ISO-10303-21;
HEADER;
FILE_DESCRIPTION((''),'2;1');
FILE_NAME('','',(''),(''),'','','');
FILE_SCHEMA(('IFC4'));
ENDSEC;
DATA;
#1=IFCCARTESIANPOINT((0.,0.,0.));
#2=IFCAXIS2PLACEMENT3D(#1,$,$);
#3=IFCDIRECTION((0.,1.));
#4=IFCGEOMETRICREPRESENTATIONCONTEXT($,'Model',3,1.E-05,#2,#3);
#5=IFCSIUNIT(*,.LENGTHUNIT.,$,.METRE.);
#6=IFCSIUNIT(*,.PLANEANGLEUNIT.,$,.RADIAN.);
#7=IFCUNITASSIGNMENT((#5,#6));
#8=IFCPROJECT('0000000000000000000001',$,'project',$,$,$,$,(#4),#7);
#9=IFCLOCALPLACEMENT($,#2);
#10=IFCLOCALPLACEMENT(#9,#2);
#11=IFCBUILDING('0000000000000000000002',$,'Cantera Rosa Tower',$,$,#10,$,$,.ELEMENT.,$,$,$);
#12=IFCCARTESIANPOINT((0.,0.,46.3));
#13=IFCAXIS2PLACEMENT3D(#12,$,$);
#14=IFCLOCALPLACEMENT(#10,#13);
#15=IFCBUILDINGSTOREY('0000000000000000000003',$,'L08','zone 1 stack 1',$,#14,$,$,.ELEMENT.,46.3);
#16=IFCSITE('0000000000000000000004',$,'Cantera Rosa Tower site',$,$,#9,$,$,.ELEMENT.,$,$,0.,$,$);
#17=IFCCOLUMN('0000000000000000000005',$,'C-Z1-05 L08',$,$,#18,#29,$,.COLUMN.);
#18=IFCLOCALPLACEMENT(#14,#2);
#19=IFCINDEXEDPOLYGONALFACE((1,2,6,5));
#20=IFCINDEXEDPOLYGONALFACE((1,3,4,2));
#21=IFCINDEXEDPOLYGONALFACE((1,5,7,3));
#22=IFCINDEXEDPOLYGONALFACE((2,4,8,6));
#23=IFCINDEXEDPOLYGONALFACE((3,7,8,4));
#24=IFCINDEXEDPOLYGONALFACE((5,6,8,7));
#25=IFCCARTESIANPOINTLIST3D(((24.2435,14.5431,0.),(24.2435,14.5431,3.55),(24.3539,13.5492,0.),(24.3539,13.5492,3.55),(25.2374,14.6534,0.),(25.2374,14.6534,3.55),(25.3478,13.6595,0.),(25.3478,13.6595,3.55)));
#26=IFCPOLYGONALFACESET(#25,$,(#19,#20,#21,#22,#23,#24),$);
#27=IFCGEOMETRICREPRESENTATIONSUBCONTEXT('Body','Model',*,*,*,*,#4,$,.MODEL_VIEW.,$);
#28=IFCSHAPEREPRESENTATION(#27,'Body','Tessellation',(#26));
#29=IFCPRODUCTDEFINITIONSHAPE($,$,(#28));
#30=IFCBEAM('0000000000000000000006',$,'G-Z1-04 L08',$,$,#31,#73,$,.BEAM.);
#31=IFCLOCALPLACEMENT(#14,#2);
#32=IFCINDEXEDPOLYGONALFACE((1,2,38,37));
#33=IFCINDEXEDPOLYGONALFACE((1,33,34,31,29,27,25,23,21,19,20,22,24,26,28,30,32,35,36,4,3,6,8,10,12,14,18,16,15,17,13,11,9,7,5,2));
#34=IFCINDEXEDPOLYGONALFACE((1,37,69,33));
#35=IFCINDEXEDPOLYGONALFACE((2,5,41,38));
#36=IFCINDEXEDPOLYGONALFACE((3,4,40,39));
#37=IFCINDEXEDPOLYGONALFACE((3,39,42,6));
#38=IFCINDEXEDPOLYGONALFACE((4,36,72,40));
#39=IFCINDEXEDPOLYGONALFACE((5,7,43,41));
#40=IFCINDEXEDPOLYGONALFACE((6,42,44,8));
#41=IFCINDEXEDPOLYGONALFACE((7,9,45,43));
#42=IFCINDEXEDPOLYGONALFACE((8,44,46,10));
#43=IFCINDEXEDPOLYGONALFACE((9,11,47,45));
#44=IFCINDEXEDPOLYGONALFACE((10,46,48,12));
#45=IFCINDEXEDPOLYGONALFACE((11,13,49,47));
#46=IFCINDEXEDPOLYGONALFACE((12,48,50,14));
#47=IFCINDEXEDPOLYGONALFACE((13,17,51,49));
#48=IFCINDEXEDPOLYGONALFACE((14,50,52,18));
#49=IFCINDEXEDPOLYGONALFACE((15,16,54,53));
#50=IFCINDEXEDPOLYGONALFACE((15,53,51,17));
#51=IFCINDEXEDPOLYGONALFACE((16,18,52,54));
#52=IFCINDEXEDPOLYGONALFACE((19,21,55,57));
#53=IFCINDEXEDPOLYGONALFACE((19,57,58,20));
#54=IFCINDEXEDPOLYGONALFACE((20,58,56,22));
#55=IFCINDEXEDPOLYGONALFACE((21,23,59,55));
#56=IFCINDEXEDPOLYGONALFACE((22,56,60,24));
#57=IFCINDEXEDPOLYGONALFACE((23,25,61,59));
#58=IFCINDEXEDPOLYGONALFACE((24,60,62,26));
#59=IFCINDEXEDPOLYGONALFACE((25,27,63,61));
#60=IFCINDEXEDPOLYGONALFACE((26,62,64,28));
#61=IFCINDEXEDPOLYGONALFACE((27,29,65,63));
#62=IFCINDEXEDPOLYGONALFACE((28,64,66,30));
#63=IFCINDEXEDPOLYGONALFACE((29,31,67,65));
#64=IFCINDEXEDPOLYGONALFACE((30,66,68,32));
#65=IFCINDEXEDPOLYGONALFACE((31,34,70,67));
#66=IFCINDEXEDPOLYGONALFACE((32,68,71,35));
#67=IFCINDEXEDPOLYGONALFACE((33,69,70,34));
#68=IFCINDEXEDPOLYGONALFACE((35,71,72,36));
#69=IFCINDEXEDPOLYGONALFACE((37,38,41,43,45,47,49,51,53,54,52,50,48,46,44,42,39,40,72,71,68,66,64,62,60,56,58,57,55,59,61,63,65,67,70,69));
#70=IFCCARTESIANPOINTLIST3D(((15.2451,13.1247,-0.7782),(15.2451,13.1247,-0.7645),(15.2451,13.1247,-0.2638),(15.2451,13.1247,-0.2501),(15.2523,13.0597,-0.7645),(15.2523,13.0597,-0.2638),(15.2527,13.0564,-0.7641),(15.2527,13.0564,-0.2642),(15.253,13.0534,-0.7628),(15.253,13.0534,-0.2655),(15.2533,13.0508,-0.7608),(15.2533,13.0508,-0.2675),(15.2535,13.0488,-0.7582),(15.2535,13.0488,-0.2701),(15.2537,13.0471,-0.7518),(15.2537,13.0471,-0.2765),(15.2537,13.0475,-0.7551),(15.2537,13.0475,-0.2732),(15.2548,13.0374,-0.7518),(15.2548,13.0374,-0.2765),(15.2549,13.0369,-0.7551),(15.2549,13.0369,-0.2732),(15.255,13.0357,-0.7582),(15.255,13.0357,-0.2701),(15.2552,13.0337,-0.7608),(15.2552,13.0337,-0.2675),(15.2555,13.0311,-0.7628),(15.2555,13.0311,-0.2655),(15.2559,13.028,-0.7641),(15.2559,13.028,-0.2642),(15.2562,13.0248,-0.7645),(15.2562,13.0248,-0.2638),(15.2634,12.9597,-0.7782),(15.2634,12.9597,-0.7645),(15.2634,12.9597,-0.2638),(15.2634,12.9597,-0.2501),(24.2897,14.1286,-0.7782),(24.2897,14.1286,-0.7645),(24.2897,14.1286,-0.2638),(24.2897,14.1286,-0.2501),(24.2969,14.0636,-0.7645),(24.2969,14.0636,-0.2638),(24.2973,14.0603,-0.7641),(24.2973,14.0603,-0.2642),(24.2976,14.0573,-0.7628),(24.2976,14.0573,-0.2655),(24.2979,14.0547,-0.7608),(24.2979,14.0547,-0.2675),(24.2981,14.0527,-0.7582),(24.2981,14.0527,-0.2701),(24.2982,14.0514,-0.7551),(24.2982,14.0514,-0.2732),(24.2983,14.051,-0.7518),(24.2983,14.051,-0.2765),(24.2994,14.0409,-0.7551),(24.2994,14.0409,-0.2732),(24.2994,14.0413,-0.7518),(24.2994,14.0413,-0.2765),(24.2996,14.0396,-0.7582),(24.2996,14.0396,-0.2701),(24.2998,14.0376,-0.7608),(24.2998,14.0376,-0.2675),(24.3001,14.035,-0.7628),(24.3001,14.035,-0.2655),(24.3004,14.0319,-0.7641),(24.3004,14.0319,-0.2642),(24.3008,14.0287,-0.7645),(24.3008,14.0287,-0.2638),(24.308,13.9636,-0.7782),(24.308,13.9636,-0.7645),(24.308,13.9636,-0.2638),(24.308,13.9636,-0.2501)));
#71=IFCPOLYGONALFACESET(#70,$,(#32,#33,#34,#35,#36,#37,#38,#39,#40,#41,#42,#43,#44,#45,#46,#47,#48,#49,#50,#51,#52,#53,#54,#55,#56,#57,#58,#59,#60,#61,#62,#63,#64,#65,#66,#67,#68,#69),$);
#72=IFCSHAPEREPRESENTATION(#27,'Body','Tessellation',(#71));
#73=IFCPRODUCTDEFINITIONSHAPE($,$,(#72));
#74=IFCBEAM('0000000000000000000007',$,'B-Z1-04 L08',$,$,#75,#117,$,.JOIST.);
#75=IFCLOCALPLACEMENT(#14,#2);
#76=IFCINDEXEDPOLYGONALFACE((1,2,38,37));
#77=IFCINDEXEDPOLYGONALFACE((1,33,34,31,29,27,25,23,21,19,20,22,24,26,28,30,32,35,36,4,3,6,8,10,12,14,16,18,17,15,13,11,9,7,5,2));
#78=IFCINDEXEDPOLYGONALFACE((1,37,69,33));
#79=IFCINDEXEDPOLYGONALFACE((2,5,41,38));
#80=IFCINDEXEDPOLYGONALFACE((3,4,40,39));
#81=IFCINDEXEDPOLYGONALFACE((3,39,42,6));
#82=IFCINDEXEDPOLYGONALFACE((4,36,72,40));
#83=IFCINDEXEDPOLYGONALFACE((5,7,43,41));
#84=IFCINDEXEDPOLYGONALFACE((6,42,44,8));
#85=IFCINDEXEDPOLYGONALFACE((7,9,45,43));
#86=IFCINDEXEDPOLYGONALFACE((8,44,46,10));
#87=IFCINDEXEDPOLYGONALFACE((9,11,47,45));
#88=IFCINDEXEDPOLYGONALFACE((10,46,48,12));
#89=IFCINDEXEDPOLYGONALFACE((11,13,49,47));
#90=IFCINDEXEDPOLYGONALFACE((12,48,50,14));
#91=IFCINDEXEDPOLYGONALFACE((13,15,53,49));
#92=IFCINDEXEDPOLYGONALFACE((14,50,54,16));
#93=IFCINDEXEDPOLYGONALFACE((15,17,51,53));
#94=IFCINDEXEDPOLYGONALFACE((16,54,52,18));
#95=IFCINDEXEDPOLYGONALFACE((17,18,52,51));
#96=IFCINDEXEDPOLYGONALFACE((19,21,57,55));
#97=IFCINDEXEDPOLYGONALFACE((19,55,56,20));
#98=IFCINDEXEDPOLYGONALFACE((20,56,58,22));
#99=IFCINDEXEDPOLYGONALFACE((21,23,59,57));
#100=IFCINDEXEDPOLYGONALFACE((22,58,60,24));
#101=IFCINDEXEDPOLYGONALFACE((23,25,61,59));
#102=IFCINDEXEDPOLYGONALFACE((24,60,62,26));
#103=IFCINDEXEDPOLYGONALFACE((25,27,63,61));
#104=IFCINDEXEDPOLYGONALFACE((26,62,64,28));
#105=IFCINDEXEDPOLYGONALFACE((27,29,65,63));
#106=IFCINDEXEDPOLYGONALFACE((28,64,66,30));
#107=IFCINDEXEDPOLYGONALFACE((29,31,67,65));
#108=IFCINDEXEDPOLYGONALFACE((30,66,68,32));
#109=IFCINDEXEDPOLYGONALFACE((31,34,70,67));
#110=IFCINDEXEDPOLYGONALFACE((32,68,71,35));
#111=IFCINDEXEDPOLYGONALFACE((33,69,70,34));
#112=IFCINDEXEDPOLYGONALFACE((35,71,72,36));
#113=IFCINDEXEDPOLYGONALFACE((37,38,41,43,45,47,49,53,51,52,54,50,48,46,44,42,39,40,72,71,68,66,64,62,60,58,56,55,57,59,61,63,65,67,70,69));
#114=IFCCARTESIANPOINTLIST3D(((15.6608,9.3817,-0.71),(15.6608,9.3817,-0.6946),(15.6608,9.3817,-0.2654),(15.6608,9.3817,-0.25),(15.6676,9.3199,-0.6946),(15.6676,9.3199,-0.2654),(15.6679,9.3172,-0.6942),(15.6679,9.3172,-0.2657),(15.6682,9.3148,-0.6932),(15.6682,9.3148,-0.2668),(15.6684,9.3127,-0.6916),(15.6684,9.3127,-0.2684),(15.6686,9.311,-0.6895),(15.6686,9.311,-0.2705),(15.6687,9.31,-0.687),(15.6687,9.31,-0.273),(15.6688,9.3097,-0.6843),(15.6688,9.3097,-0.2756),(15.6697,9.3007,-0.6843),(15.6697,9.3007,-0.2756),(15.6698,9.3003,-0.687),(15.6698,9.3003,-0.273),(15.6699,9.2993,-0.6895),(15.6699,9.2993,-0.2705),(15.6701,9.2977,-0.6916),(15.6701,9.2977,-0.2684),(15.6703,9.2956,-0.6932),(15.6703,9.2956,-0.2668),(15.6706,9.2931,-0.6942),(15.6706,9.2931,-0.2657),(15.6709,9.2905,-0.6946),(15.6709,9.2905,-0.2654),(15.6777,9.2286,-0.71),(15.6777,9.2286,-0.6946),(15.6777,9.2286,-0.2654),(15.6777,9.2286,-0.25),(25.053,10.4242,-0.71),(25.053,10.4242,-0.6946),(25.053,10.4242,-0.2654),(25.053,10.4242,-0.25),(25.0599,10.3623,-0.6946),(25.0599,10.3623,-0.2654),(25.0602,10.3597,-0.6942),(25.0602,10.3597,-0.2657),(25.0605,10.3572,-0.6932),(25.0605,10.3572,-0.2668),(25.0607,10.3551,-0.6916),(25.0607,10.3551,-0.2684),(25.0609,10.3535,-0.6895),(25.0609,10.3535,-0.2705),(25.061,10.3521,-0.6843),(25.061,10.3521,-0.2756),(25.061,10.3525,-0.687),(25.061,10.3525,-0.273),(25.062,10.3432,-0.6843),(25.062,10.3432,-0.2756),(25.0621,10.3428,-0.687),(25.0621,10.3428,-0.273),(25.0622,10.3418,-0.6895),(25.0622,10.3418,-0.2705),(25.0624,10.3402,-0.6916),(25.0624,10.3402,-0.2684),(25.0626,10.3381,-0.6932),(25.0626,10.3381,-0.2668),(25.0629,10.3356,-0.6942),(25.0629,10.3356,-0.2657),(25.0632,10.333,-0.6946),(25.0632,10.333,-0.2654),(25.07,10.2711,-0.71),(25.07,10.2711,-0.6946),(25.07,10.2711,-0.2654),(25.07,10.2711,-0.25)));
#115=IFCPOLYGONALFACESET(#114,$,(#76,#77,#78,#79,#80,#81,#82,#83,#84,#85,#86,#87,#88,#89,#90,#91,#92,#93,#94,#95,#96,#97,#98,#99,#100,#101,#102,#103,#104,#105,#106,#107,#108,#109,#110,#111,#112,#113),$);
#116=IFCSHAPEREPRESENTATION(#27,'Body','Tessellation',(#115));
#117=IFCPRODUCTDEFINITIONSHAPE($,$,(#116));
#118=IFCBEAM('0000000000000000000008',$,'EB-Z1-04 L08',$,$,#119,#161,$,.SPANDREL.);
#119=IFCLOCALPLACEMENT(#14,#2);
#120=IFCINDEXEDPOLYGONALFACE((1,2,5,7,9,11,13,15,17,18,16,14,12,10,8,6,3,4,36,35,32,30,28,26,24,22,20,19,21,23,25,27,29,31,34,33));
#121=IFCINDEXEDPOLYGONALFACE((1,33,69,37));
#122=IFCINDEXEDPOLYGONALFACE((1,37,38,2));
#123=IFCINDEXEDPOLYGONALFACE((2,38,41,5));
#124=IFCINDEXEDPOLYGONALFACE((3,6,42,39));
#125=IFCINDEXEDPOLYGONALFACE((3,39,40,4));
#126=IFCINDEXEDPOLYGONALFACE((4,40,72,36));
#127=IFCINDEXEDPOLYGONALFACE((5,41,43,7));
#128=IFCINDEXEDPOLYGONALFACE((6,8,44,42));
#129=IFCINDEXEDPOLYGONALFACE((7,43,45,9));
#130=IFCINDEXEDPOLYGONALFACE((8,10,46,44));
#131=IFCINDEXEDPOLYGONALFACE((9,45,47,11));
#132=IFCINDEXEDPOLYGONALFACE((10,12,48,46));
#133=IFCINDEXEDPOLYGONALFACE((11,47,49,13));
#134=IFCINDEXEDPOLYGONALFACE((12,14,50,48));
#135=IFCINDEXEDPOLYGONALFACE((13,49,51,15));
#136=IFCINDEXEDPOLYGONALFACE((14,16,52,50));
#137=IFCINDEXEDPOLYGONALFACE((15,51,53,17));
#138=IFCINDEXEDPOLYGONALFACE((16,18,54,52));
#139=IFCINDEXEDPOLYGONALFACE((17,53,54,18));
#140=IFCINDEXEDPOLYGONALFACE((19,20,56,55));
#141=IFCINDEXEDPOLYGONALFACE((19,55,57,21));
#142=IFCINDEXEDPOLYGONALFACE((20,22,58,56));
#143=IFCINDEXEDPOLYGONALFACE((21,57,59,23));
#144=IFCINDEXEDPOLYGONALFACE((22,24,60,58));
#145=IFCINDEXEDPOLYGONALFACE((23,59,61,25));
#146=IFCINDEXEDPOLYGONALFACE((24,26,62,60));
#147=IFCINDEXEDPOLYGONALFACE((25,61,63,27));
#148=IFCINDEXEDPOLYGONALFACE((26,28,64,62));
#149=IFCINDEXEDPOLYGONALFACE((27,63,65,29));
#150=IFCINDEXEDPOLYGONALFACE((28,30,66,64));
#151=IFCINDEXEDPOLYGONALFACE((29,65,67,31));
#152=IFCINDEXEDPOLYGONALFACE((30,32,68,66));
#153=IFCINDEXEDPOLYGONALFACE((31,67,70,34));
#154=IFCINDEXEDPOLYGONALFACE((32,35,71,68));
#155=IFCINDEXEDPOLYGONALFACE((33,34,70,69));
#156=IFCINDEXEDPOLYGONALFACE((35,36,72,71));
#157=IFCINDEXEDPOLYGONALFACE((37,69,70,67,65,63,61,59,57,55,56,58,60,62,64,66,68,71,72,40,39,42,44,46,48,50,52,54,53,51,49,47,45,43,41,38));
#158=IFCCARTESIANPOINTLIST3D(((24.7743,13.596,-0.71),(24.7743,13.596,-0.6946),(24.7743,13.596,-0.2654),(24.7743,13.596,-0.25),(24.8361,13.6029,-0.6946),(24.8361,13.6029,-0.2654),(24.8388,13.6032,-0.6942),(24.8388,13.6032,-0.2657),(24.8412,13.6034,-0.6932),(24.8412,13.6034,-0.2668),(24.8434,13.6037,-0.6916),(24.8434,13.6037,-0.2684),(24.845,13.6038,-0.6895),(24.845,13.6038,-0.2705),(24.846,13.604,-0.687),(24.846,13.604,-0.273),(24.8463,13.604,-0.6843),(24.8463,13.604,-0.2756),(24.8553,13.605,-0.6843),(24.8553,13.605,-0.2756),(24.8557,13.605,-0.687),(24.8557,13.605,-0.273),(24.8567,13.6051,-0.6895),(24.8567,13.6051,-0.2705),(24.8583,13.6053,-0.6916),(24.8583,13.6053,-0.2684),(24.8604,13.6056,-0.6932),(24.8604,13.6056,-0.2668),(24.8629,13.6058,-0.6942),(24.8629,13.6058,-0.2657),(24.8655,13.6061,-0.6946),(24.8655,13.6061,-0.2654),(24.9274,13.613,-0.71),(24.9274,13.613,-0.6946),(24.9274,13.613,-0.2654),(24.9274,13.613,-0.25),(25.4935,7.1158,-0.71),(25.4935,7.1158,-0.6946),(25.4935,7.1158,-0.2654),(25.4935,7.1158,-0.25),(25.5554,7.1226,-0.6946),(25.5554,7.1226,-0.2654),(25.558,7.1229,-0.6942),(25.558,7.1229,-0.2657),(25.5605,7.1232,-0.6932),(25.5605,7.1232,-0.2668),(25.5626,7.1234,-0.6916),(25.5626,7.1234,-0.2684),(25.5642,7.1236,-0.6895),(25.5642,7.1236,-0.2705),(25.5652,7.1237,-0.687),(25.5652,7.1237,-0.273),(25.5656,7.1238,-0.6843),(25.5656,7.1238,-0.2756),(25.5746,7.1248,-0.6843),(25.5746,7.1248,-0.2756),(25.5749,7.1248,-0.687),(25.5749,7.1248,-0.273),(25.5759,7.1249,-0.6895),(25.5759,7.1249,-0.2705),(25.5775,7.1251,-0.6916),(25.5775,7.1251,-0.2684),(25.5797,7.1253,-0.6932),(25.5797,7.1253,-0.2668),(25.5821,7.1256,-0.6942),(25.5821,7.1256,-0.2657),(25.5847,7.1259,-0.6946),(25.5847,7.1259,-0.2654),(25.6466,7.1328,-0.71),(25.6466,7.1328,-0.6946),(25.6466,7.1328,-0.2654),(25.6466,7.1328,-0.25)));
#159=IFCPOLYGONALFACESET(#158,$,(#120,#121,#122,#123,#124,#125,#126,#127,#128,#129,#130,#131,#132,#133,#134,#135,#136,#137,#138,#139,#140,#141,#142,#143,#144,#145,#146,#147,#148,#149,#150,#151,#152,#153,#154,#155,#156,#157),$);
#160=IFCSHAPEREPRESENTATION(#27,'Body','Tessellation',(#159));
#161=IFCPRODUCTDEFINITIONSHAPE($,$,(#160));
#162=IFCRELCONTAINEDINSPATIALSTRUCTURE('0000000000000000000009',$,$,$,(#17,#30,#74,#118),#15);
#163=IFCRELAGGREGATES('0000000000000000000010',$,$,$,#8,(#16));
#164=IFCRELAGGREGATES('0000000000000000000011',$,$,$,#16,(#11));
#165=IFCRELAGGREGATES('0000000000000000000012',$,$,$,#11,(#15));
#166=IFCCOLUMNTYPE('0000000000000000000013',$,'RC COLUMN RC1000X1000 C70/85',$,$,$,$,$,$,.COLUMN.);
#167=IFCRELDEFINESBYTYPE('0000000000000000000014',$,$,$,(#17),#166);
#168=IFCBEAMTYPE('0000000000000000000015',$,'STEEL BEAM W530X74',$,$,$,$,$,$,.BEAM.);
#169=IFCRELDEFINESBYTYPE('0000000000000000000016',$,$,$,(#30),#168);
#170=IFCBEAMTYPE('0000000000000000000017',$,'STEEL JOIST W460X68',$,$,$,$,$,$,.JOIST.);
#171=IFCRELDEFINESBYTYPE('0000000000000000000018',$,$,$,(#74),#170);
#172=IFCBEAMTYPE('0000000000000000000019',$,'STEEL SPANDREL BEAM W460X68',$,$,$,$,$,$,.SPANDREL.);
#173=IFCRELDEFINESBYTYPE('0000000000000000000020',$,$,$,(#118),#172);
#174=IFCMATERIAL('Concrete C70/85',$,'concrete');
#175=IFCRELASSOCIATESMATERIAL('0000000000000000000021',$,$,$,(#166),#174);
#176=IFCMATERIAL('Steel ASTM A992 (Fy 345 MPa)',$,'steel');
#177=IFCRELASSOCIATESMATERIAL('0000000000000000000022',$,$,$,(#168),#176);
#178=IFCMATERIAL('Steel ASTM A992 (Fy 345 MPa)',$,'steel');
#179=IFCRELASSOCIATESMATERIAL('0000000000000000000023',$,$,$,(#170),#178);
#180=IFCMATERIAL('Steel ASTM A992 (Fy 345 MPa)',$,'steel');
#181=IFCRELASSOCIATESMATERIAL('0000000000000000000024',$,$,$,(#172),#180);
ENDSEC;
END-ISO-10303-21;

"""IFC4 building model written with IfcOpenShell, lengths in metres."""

from ifc_helpers import new_model, si_unit, direction, frame, origin, origin_2d, place, context, subcontext, project, spatial, rectangle, i_section, extrude, material, material_profile, profile_set, type_object, element, save


model = new_model("IFC4")

# Units and contexts
model_context = context("Model", 3, precision=1e-05, world=origin(), true_north=direction((0.0, 1.0)))
body_context = subcontext(model_context, "Body", "Model", "MODEL_VIEW")
ifc_project = project(units=[si_unit("LENGTHUNIT", "METRE"), si_unit("PLANEANGLEUNIT", "RADIAN")], contexts=[model_context])

# Site, building, storey
site_placement = place(None, origin())
site = spatial("IfcSite", under=ifc_project, at=site_placement, Name="Cantera Rosa Tower site", CompositionType="ELEMENT", RefElevation=0.0)
building_placement = place(site_placement, origin())
building = spatial("IfcBuilding", under=site, at=building_placement, Name="Cantera Rosa Tower", CompositionType="ELEMENT")
storey_placement = place(building_placement, frame((0.0, 0.0, 46.3)))
storey = spatial("IfcBuildingStorey", under=building, at=storey_placement, Name="L08", Description="zone 1 stack 1", CompositionType="ELEMENT", Elevation=46.3)

# Column
ifc_material_1 = material(Name="Concrete C70/85", Category="concrete")
ifc_material_profile_1 = material_profile(ifc_material_1, rectangle(XDim=1.0, YDim=1.0, at=origin_2d()), Name="RC COLUMN RC1000X1000 C70/85")
ifc_profile_set_1 = profile_set([ifc_material_profile_1], Name="Concrete C70/85")
column_type = type_object("IfcColumnType", Name="RC COLUMN RC1000X1000 C70/85", PredefinedType="COLUMN", material=ifc_profile_set_1)
column_placement = place(storey_placement, frame((24.7957, 14.1013, 0.0), z_axis=(0.0, 0.0, 1.0), x_axis=(0.993897, 0.110313, 0.0)))
element("IfcColumn", 1, at=column_placement, inside=storey, type_object=column_type, Name="C-Z1-05 L08", PredefinedType="COLUMN", context=body_context, shape_type="SweptSolid", body=[
    extrude(rectangle(XDim=1.0, YDim=1.0, at=origin_2d()), origin(), (0.0, 0.0, 1.0), 3.55),
])

# Beams
ifc_material_2 = material(Name="Steel ASTM A992 (Fy 345 MPa)", Category="steel")
ifc_material_profile_2 = material_profile(ifc_material_2, i_section(OverallWidth=0.166, OverallDepth=0.5281, WebThickness=0.0098, FlangeThickness=0.0137, FilletRadius=0.0127, at=origin_2d()), Name="W530X74")
ifc_profile_set_2 = profile_set([ifc_material_profile_2], Name="Steel ASTM A992 (Fy 345 MPa)")
beam_type_1 = type_object("IfcBeamType", Name="STEEL BEAM W530X74", PredefinedType="BEAM", material=ifc_profile_set_2)
beam_1_placement = place(storey_placement, frame((24.2988, 14.0461, -0.5142), z_axis=(-0.993896, -0.11032, 0.0), x_axis=(0.11032, -0.993896, 0.0)))
element("IfcBeam", 2, at=beam_1_placement, inside=storey, type_object=beam_type_1, Name="G-Z1-04 L08", PredefinedType="BEAM", context=body_context, shape_type="SweptSolid", body=[
    extrude(i_section(OverallWidth=0.166, OverallDepth=0.5281, WebThickness=0.0098, FlangeThickness=0.0137, FilletRadius=0.0127, at=origin_2d()), origin(), (0.0, 0.0, 1.0), 9.1001),
])
ifc_material_3 = material(Name="Steel ASTM A992 (Fy 345 MPa)", Category="steel")
ifc_material_profile_3 = material_profile(ifc_material_3, i_section(OverallWidth=0.1541, OverallDepth=0.46, WebThickness=0.009, FlangeThickness=0.0154, FilletRadius=0.0103, at=origin_2d()), Name="W460X68")
ifc_profile_set_3 = profile_set([ifc_material_profile_3], Name="Steel ASTM A992 (Fy 345 MPa)")
beam_type_2 = type_object("IfcBeamType", Name="STEEL JOIST W460X68", PredefinedType="JOIST", material=ifc_profile_set_3)
beam_2_placement = place(storey_placement, frame((25.0615, 10.3477, -0.48), z_axis=(-0.993897, -0.110315, 0.0), x_axis=(0.110315, -0.993897, 0.0)))
element("IfcBeam", 3, at=beam_2_placement, inside=storey, type_object=beam_type_2, Name="B-Z1-04 L08", PredefinedType="JOIST", context=body_context, shape_type="SweptSolid", body=[
    extrude(i_section(OverallWidth=0.1541, OverallDepth=0.46, WebThickness=0.009, FlangeThickness=0.0154, FilletRadius=0.0103, at=origin_2d()), origin(), (0.0, 0.0, 1.0), 9.45),
])
ifc_material_4 = material(Name="Steel ASTM A992 (Fy 345 MPa)", Category="steel")
ifc_material_profile_4 = material_profile(ifc_material_4, i_section(OverallWidth=0.1541, OverallDepth=0.46, WebThickness=0.009, FlangeThickness=0.0154, FilletRadius=0.0103, at=origin_2d()), Name="W460X68")
ifc_profile_set_4 = profile_set([ifc_material_profile_4], Name="Steel ASTM A992 (Fy 345 MPa)")
beam_type_3 = type_object("IfcBeamType", Name="STEEL SPANDREL BEAM W460X68", PredefinedType="SPANDREL", material=ifc_profile_set_4)
for number, where, z_axis, x_axis, name in (
    (4, (25.5701, 7.1243, -0.48), (-0.110312, 0.993897, 0.0), (-0.993897, -0.110312, 0.0), "EB-Z1-04 L08"),
):
    element("IfcBeam", number, at=place(storey_placement, frame(where, z_axis=z_axis, x_axis=x_axis)), inside=storey, type_object=beam_type_3, Name=name, PredefinedType="SPANDREL", context=body_context, shape_type="SweptSolid", body=[
        extrude(i_section(OverallWidth=0.1541, OverallDepth=0.46, WebThickness=0.009, FlangeThickness=0.0154, FilletRadius=0.0103, at=origin_2d()), origin(), (0.0, 0.0, 1.0), 6.52),
    ])

save(model, "model.ifc")
